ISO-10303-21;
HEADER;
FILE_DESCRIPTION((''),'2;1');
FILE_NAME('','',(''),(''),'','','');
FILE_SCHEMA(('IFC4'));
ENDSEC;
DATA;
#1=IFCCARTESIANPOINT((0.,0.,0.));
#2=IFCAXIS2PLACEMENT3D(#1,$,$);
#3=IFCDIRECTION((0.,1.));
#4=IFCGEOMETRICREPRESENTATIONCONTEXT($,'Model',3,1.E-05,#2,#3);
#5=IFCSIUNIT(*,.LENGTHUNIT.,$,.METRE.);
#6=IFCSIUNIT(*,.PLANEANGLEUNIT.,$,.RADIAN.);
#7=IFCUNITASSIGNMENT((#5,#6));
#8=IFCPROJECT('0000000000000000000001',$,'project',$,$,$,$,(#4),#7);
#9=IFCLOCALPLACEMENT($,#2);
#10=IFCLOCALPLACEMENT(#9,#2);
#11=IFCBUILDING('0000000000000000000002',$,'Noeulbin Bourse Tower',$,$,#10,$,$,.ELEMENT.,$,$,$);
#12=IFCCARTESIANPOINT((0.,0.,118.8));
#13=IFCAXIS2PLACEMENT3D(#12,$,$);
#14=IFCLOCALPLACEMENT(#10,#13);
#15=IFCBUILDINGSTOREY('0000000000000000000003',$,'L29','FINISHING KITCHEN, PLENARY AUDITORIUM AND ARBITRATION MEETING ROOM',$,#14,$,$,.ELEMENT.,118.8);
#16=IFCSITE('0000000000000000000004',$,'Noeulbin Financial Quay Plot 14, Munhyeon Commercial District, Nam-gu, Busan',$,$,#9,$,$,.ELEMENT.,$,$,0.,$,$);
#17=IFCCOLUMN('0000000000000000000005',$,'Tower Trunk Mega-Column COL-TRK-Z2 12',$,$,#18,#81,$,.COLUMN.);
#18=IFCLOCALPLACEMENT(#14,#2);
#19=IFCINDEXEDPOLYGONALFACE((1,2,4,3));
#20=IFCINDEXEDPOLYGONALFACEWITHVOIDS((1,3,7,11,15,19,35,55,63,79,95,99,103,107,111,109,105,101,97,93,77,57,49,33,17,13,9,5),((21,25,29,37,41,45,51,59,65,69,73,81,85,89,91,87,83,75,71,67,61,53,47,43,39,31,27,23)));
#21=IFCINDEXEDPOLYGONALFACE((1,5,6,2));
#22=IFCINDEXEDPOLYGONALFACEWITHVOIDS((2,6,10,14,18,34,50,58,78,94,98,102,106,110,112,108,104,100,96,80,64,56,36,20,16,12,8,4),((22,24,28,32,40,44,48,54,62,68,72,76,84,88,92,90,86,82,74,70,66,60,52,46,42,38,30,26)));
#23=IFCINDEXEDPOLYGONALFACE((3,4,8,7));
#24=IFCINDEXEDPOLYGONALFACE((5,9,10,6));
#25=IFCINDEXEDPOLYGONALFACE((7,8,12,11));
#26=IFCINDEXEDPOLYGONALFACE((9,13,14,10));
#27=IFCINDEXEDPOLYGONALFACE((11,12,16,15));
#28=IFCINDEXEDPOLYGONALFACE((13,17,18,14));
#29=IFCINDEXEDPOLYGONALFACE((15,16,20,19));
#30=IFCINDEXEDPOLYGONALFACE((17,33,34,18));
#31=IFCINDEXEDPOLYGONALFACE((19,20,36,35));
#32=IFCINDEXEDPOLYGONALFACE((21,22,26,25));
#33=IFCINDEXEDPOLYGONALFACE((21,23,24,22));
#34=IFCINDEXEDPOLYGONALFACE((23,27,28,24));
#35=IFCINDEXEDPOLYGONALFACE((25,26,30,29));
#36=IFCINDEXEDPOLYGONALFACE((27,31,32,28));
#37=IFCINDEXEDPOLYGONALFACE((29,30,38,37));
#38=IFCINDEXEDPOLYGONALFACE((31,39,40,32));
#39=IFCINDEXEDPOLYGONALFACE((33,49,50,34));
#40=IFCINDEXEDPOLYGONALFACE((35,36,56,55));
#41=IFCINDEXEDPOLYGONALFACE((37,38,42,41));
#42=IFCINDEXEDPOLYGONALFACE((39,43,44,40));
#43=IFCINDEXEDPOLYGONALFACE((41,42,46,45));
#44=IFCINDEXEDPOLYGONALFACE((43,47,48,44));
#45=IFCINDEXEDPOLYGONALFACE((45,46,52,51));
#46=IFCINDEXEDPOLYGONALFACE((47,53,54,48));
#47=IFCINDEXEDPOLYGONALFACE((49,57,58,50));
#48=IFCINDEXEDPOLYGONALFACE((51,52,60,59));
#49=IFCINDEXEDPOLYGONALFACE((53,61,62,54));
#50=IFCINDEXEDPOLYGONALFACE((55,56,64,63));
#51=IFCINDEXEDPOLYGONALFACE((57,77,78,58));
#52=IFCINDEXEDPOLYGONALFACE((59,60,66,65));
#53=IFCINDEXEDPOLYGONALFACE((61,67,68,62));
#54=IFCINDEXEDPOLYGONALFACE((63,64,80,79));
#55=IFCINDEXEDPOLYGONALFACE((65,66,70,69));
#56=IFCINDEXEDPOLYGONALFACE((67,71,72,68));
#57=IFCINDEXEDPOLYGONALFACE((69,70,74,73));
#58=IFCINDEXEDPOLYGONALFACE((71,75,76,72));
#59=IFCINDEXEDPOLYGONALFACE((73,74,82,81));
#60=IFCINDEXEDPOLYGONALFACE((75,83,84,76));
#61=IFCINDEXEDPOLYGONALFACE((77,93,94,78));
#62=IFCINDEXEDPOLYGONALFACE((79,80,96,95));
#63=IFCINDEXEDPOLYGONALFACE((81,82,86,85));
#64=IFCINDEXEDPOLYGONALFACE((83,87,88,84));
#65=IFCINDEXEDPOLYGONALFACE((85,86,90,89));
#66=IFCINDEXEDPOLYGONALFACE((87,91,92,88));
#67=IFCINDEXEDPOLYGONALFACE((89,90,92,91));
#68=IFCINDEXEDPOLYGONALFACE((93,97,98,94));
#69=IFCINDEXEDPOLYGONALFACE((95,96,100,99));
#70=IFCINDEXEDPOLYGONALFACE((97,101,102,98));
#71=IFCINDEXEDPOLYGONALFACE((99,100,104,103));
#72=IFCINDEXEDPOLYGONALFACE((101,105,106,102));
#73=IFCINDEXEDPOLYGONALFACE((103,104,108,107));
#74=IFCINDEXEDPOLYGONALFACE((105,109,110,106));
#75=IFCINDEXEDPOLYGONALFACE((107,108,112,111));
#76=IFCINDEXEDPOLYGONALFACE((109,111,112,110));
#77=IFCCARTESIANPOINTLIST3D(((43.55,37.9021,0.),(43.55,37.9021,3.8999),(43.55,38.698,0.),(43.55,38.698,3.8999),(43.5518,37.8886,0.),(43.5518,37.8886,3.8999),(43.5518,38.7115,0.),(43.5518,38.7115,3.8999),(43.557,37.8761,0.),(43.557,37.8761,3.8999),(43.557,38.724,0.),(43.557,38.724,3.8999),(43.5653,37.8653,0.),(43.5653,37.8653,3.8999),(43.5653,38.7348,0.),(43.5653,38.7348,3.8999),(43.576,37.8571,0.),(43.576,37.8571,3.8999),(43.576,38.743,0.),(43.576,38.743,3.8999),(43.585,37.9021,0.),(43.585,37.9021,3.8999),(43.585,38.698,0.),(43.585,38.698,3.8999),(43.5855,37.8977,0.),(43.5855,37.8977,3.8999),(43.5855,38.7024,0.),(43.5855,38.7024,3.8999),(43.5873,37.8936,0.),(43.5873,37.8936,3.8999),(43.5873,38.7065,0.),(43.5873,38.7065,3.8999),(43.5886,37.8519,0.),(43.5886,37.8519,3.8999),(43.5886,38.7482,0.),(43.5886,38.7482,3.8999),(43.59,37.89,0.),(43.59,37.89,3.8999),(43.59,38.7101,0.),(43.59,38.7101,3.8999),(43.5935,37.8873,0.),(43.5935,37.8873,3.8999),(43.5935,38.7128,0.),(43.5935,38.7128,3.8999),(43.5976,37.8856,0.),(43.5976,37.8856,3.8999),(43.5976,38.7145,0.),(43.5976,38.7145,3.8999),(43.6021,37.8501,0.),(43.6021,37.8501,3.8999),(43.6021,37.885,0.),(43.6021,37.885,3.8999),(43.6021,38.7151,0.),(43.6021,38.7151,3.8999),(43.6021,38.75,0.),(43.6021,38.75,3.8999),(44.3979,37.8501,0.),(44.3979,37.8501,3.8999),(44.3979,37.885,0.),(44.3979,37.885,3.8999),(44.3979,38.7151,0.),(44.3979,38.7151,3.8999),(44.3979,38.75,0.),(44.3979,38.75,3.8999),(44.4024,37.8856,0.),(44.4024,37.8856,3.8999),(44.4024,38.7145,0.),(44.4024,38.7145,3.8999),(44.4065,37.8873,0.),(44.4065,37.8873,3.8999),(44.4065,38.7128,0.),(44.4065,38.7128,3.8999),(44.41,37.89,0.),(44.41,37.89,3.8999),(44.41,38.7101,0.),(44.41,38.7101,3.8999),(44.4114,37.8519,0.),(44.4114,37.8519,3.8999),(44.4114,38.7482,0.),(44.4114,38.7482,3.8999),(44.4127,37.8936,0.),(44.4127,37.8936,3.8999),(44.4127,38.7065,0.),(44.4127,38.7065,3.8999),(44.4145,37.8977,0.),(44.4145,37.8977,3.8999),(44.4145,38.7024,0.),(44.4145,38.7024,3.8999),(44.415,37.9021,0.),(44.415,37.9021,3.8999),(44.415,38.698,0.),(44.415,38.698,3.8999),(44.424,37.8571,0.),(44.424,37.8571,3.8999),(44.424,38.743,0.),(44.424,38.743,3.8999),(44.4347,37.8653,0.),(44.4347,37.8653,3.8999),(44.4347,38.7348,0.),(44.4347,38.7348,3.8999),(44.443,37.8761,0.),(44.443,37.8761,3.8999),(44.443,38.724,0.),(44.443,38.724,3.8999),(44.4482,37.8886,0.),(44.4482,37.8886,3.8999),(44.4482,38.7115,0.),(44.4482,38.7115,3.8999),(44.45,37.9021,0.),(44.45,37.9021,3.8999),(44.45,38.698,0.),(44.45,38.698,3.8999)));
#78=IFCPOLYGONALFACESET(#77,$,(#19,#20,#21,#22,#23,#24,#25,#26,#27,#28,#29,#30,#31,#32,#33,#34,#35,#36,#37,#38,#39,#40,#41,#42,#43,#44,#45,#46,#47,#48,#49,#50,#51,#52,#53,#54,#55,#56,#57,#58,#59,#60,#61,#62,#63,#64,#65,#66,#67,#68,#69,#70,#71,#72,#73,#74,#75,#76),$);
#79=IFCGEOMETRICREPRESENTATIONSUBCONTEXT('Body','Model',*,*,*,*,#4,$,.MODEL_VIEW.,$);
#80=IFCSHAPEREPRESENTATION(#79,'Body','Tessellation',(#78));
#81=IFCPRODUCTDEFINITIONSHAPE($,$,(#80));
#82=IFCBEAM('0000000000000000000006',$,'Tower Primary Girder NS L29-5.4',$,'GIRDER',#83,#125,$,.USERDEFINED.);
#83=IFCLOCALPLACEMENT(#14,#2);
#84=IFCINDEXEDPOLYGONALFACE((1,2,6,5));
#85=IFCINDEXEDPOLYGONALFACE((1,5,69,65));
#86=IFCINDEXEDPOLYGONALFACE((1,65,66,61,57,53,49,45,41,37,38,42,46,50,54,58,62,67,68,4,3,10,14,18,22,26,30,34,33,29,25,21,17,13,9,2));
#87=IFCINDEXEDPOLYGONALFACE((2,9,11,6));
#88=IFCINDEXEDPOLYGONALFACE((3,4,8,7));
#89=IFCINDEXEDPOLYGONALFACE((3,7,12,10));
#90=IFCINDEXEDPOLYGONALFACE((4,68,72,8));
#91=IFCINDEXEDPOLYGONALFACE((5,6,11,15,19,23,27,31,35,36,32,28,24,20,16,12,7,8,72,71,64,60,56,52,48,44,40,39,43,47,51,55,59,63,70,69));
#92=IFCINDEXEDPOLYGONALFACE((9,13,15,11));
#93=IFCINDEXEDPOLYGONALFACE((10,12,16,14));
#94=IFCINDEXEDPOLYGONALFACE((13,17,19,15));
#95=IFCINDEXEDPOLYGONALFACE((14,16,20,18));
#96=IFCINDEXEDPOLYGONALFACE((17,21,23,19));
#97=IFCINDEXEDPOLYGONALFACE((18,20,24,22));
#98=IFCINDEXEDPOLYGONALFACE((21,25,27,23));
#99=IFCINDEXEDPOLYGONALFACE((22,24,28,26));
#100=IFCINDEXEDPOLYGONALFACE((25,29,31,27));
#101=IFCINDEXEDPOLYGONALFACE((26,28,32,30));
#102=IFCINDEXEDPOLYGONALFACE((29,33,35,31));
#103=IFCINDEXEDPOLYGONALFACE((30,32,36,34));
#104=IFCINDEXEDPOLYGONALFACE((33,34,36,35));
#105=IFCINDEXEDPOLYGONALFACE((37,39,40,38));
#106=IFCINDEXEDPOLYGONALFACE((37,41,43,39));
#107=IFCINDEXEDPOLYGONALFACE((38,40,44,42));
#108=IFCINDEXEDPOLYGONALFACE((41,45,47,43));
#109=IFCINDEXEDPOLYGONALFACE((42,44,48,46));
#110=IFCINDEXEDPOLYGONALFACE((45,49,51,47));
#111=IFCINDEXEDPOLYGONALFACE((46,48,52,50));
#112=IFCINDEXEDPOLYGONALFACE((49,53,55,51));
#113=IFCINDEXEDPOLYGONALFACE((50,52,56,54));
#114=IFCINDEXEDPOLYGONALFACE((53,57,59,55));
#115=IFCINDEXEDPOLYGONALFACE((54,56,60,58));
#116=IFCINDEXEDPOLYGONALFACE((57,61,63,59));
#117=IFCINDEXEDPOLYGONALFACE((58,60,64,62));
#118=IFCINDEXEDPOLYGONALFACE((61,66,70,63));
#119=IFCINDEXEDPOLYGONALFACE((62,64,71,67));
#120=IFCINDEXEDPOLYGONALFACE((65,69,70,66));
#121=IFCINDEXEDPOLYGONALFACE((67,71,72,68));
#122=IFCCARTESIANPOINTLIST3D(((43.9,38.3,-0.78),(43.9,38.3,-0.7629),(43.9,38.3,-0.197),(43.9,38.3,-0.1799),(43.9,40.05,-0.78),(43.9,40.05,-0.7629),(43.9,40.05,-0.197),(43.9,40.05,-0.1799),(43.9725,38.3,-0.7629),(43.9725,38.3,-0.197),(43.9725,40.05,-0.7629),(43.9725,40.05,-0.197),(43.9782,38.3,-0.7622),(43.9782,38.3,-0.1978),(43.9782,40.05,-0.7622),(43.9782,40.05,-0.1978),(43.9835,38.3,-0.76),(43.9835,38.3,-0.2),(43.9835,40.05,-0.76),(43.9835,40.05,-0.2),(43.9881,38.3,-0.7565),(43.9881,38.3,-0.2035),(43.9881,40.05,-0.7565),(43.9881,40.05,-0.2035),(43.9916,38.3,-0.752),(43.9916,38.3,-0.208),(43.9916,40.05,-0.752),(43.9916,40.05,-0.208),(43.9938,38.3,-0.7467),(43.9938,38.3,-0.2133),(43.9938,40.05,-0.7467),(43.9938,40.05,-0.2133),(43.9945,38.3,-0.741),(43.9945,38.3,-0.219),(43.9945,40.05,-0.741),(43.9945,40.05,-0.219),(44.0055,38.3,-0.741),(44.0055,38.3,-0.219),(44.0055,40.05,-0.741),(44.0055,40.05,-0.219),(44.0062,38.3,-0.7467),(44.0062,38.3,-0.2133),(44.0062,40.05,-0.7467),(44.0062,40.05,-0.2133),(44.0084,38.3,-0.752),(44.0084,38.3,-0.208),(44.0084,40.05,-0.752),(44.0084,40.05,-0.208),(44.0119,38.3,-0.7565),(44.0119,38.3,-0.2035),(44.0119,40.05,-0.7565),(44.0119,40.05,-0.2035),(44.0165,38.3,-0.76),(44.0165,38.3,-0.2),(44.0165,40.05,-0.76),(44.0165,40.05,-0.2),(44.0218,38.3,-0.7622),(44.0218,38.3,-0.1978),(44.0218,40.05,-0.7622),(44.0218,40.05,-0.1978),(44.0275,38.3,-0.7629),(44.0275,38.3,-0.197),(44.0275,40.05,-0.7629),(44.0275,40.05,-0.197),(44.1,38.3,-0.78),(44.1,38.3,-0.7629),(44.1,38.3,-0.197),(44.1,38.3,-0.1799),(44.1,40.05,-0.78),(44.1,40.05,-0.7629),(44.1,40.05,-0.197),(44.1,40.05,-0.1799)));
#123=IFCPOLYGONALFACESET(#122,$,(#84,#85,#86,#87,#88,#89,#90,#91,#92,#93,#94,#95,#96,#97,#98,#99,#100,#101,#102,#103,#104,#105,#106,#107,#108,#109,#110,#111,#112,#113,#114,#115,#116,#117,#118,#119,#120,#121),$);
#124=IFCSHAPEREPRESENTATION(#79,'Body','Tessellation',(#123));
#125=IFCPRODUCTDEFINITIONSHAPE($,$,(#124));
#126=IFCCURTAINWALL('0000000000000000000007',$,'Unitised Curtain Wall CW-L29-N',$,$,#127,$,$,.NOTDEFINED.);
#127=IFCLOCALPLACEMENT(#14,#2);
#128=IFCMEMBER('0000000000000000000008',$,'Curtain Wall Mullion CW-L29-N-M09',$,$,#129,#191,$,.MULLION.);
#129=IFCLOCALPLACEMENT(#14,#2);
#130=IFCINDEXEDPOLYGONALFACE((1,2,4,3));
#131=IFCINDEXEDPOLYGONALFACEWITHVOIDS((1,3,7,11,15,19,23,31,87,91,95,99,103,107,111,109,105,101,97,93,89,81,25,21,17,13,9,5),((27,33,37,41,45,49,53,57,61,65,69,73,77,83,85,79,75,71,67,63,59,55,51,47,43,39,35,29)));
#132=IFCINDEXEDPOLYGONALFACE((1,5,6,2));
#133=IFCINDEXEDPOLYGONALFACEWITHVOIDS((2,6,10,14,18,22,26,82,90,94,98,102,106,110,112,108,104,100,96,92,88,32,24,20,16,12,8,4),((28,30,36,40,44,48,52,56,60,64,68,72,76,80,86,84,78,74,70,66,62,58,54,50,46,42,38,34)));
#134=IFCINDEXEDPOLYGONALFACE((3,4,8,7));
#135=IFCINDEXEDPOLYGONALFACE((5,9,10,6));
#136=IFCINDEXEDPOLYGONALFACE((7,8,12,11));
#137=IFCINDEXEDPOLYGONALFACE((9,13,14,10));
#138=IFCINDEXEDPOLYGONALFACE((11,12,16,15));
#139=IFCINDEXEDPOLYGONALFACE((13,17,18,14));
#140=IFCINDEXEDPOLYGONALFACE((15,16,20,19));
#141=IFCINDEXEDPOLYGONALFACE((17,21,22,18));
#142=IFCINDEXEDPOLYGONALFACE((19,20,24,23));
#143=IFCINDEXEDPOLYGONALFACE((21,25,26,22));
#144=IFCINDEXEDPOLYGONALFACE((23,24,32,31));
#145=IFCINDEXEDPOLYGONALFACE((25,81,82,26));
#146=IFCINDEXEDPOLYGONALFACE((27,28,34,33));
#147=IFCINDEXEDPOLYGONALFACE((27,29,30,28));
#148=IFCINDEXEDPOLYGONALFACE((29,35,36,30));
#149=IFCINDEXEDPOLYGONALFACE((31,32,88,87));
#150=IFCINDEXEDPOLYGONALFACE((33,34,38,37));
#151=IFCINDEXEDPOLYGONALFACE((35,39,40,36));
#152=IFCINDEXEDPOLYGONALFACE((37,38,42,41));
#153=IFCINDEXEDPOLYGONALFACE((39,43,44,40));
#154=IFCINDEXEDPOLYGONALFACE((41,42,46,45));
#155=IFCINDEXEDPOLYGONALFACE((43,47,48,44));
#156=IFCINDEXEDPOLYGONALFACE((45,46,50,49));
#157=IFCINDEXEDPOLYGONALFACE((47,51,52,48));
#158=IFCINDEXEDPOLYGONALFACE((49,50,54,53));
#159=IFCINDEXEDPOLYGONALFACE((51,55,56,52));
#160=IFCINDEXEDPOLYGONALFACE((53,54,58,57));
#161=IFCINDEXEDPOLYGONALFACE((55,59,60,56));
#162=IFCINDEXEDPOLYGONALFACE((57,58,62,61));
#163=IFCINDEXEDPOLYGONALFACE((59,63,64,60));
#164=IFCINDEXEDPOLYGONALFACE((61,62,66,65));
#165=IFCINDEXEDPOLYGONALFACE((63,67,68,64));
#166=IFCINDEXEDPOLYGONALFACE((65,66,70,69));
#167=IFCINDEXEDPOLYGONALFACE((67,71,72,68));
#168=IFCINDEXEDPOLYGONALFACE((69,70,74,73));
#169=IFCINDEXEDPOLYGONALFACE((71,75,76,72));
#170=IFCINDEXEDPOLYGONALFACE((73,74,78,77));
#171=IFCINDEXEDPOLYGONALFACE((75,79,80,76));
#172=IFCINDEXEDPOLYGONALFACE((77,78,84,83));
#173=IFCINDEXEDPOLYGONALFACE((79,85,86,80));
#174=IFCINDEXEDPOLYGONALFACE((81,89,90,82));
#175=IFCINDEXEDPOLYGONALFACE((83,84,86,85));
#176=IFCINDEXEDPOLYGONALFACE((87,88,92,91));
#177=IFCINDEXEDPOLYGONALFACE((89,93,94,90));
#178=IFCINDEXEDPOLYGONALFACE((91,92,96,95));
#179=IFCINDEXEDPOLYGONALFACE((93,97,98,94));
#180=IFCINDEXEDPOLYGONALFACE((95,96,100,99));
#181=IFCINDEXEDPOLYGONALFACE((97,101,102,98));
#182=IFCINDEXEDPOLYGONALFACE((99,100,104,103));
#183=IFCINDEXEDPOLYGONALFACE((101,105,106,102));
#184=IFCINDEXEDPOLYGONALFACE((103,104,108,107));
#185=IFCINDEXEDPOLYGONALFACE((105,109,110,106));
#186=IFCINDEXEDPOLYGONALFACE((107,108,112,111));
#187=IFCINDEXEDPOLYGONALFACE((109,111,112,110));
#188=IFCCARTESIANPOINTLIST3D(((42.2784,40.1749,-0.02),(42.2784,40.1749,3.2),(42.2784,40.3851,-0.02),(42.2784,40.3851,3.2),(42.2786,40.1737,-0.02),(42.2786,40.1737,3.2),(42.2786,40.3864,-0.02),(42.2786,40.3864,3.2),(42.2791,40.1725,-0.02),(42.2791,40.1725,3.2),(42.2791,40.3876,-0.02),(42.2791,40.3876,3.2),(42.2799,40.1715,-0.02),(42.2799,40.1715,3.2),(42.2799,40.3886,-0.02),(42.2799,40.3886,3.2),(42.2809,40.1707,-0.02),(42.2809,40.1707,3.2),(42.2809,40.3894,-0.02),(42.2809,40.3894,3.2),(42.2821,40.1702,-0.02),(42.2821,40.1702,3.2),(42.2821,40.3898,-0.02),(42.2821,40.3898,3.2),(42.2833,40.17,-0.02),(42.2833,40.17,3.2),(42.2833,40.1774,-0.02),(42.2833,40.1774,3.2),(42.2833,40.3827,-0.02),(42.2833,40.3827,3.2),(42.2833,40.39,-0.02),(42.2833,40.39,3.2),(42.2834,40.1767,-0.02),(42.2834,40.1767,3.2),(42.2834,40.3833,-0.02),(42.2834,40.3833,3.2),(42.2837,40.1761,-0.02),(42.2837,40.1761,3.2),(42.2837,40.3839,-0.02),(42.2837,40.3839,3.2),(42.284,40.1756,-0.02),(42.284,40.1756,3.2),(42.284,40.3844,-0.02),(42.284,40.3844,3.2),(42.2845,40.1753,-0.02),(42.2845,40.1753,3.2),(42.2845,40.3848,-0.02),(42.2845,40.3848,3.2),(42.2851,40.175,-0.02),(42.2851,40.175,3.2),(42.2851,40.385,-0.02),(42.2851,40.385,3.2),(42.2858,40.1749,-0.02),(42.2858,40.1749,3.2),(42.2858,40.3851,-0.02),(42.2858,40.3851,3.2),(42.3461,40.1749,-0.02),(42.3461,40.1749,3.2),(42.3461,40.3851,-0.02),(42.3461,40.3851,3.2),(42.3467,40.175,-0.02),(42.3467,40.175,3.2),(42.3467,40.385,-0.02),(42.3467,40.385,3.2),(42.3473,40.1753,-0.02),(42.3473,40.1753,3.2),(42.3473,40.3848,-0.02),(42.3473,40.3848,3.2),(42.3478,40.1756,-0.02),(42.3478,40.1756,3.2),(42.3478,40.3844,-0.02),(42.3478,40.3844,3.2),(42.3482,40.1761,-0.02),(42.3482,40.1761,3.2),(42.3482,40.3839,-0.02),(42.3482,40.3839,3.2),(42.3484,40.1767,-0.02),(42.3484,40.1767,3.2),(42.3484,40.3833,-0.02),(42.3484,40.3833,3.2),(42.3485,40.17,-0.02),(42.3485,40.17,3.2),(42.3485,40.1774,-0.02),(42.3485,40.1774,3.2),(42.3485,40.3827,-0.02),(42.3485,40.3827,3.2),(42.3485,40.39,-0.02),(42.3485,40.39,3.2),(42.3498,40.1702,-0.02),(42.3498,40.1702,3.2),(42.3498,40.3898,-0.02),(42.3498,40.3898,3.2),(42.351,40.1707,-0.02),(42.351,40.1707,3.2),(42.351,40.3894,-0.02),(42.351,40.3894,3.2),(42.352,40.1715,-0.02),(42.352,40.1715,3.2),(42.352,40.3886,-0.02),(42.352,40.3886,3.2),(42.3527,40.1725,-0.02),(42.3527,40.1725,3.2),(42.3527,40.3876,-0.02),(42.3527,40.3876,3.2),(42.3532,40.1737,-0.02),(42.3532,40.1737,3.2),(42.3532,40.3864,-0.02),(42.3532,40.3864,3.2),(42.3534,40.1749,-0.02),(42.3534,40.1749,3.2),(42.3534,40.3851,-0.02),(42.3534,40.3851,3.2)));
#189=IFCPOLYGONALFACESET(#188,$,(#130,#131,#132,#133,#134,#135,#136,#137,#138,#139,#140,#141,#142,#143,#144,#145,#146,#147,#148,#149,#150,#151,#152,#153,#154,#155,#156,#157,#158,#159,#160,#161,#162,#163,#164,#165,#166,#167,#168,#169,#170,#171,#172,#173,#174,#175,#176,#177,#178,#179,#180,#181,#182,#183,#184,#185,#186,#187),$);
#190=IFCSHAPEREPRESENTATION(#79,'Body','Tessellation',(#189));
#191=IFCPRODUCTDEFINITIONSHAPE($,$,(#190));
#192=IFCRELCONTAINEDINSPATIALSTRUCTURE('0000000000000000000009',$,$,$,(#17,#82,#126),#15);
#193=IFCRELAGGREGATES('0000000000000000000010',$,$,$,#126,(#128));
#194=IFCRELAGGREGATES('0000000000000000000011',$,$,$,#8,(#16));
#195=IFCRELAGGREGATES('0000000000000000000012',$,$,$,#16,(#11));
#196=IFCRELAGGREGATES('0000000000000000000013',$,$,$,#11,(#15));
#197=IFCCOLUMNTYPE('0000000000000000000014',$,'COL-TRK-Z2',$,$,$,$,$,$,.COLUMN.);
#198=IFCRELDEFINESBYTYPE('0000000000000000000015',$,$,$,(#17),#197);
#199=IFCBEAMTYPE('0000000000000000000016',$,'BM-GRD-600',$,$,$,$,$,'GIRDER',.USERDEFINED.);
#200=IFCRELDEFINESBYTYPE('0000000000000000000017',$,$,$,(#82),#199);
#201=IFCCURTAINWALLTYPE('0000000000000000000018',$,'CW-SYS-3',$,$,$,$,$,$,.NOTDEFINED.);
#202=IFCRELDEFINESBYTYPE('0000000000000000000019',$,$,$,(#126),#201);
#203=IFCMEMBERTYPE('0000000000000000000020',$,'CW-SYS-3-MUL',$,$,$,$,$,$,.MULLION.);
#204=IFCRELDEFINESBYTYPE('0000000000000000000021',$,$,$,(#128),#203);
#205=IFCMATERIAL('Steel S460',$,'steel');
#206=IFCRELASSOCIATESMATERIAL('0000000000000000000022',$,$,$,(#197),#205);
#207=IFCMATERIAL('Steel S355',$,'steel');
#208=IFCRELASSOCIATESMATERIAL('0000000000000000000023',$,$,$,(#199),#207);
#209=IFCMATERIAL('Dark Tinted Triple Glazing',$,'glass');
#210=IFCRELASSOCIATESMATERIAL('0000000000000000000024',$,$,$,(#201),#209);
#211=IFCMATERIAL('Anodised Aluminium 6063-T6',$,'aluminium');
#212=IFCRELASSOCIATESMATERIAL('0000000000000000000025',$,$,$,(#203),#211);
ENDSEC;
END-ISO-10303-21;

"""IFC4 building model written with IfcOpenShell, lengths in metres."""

from ifc_helpers import new_model, si_unit, direction, frame, origin, origin_2d, place, context, subcontext, project, spatial, hollow_rectangle, i_section, extrude, material, material_profile, profile_set, type_object, element, aggregate, save


model = new_model("IFC4")

# Units and contexts
model_context = context("Model", 3, precision=1e-05, world=origin(), true_north=direction((0.0, 1.0)))
body_context = subcontext(model_context, "Body", "Model", "MODEL_VIEW")
ifc_project = project(units=[si_unit("LENGTHUNIT", "METRE"), si_unit("PLANEANGLEUNIT", "RADIAN")], contexts=[model_context])

# Site, building, storey
site_placement = place(None, origin())
site = spatial("IfcSite", under=ifc_project, at=site_placement, Name="Noeulbin Financial Quay Plot 14, Munhyeon Commercial District, Nam-gu, Busan", CompositionType="ELEMENT", RefElevation=0.0)
building_placement = place(site_placement, origin())
building = spatial("IfcBuilding", under=site, at=building_placement, Name="Noeulbin Bourse Tower", CompositionType="ELEMENT")
storey_placement = place(building_placement, frame((0.0, 0.0, 118.8)))
storey = spatial("IfcBuildingStorey", under=building, at=storey_placement, Name="L29", Description="FINISHING KITCHEN, PLENARY AUDITORIUM AND ARBITRATION MEETING ROOM", CompositionType="ELEMENT", Elevation=118.8)

# Column
ifc_material_1 = material(Name="Steel S460", Category="steel")
ifc_material_profile_1 = material_profile(ifc_material_1, hollow_rectangle(XDim=0.8999, YDim=0.8999, WallThickness=0.0349, InnerFilletRadius=0.0171, OuterFilletRadius=0.052, at=origin_2d()), Name="BOX-900x900x35", Category="LoadBearing")
ifc_profile_set_1 = profile_set([ifc_material_profile_1], Name="Steel S460")
column_type = type_object("IfcColumnType", Name="COL-TRK-Z2", PredefinedType="COLUMN", material=ifc_profile_set_1)
column_placement = place(storey_placement, frame((44.0, 38.3, 0.0), z_axis=(0.0, 0.0, 1.0), x_axis=(1.0, 0.0, 0.0)))
element("IfcColumn", 1, at=column_placement, inside=storey, type_object=column_type, Name="Tower Trunk Mega-Column COL-TRK-Z2 12", PredefinedType="COLUMN", context=body_context, shape_type="SweptSolid", body=[
    extrude(hollow_rectangle(XDim=0.8999, YDim=0.8999, WallThickness=0.0349, InnerFilletRadius=0.0171, OuterFilletRadius=0.052, at=origin_2d()), origin(), (0.0, 0.0, 1.0), 3.8999),
])

# Beam
ifc_material_2 = material(Name="Steel S355", Category="steel")
ifc_material_profile_2 = material_profile(ifc_material_2, i_section(OverallWidth=0.2, OverallDepth=0.6001, WebThickness=0.011, FlangeThickness=0.0171, FilletRadius=0.022, at=origin_2d()), Name="H-600x200x11x17", Category="LoadBearing")
ifc_profile_set_2 = profile_set([ifc_material_profile_2], Name="Steel S355")
beam_type = type_object("IfcBeamType", Name="BM-GRD-600", ElementType="GIRDER", PredefinedType="USERDEFINED", material=ifc_profile_set_2)
beam_placement = place(storey_placement, frame((44.0, 38.3, -0.48), z_axis=(0.0, 1.0, 0.0), x_axis=(-1.0, 0.0, 0.0)))
element("IfcBeam", 2, at=beam_placement, inside=storey, type_object=beam_type, Name="Tower Primary Girder NS L29-5.4", ObjectType="GIRDER", PredefinedType="USERDEFINED", context=body_context, shape_type="SweptSolid", body=[
    extrude(i_section(OverallWidth=0.2, OverallDepth=0.6001, WebThickness=0.011, FlangeThickness=0.0171, FilletRadius=0.022, at=origin_2d()), origin(), (0.0, 0.0, 1.0), 1.75),
])

# Curtain wall, member
ifc_material_3 = material(Name="Dark Tinted Triple Glazing", Category="glass")
curtain_wall_type = type_object("IfcCurtainWallType", Name="CW-SYS-3", PredefinedType="NOTDEFINED", material=ifc_material_3)
curtain_wall_1_placement = place(storey_placement, origin())
curtain_wall_1 = element("IfcCurtainWall", 3, at=curtain_wall_1_placement, inside=storey, type_object=curtain_wall_type, Name="Unitised Curtain Wall CW-L29-N", PredefinedType="NOTDEFINED")
ifc_material_4 = material(Name="Anodised Aluminium 6063-T6", Category="aluminium")
ifc_material_profile_3 = material_profile(ifc_material_4, hollow_rectangle(XDim=0.075, YDim=0.22, WallThickness=0.0049, InnerFilletRadius=0.0024, OuterFilletRadius=0.0049, at=origin_2d()), Name="ALU-MULL-75x220x5", Category="LoadBearing")
ifc_profile_set_3 = profile_set([ifc_material_profile_3], Name="Anodised Aluminium 6063-T6")
member_type_1 = type_object("IfcMemberType", Name="CW-SYS-3-MUL", PredefinedType="MULLION", material=ifc_profile_set_3)
member_1_placement = place(storey_placement, frame((42.3159, 40.28, -0.02), z_axis=(0.0, 0.0, 1.0), x_axis=(1.0, 0.0, 0.0)))
member_1 = element("IfcMember", 4, at=member_1_placement, type_object=member_type_1, Name="Curtain Wall Mullion CW-L29-N-M09", PredefinedType="MULLION", context=body_context, shape_type="SweptSolid", body=[
    extrude(hollow_rectangle(XDim=0.075, YDim=0.22, WallThickness=0.0049, InnerFilletRadius=0.0024, OuterFilletRadius=0.0049, at=origin_2d()), origin(), (0.0, 0.0, 1.0), 3.22),
])

aggregate(curtain_wall_1, [member_1])

save(model, "model.ifc")
